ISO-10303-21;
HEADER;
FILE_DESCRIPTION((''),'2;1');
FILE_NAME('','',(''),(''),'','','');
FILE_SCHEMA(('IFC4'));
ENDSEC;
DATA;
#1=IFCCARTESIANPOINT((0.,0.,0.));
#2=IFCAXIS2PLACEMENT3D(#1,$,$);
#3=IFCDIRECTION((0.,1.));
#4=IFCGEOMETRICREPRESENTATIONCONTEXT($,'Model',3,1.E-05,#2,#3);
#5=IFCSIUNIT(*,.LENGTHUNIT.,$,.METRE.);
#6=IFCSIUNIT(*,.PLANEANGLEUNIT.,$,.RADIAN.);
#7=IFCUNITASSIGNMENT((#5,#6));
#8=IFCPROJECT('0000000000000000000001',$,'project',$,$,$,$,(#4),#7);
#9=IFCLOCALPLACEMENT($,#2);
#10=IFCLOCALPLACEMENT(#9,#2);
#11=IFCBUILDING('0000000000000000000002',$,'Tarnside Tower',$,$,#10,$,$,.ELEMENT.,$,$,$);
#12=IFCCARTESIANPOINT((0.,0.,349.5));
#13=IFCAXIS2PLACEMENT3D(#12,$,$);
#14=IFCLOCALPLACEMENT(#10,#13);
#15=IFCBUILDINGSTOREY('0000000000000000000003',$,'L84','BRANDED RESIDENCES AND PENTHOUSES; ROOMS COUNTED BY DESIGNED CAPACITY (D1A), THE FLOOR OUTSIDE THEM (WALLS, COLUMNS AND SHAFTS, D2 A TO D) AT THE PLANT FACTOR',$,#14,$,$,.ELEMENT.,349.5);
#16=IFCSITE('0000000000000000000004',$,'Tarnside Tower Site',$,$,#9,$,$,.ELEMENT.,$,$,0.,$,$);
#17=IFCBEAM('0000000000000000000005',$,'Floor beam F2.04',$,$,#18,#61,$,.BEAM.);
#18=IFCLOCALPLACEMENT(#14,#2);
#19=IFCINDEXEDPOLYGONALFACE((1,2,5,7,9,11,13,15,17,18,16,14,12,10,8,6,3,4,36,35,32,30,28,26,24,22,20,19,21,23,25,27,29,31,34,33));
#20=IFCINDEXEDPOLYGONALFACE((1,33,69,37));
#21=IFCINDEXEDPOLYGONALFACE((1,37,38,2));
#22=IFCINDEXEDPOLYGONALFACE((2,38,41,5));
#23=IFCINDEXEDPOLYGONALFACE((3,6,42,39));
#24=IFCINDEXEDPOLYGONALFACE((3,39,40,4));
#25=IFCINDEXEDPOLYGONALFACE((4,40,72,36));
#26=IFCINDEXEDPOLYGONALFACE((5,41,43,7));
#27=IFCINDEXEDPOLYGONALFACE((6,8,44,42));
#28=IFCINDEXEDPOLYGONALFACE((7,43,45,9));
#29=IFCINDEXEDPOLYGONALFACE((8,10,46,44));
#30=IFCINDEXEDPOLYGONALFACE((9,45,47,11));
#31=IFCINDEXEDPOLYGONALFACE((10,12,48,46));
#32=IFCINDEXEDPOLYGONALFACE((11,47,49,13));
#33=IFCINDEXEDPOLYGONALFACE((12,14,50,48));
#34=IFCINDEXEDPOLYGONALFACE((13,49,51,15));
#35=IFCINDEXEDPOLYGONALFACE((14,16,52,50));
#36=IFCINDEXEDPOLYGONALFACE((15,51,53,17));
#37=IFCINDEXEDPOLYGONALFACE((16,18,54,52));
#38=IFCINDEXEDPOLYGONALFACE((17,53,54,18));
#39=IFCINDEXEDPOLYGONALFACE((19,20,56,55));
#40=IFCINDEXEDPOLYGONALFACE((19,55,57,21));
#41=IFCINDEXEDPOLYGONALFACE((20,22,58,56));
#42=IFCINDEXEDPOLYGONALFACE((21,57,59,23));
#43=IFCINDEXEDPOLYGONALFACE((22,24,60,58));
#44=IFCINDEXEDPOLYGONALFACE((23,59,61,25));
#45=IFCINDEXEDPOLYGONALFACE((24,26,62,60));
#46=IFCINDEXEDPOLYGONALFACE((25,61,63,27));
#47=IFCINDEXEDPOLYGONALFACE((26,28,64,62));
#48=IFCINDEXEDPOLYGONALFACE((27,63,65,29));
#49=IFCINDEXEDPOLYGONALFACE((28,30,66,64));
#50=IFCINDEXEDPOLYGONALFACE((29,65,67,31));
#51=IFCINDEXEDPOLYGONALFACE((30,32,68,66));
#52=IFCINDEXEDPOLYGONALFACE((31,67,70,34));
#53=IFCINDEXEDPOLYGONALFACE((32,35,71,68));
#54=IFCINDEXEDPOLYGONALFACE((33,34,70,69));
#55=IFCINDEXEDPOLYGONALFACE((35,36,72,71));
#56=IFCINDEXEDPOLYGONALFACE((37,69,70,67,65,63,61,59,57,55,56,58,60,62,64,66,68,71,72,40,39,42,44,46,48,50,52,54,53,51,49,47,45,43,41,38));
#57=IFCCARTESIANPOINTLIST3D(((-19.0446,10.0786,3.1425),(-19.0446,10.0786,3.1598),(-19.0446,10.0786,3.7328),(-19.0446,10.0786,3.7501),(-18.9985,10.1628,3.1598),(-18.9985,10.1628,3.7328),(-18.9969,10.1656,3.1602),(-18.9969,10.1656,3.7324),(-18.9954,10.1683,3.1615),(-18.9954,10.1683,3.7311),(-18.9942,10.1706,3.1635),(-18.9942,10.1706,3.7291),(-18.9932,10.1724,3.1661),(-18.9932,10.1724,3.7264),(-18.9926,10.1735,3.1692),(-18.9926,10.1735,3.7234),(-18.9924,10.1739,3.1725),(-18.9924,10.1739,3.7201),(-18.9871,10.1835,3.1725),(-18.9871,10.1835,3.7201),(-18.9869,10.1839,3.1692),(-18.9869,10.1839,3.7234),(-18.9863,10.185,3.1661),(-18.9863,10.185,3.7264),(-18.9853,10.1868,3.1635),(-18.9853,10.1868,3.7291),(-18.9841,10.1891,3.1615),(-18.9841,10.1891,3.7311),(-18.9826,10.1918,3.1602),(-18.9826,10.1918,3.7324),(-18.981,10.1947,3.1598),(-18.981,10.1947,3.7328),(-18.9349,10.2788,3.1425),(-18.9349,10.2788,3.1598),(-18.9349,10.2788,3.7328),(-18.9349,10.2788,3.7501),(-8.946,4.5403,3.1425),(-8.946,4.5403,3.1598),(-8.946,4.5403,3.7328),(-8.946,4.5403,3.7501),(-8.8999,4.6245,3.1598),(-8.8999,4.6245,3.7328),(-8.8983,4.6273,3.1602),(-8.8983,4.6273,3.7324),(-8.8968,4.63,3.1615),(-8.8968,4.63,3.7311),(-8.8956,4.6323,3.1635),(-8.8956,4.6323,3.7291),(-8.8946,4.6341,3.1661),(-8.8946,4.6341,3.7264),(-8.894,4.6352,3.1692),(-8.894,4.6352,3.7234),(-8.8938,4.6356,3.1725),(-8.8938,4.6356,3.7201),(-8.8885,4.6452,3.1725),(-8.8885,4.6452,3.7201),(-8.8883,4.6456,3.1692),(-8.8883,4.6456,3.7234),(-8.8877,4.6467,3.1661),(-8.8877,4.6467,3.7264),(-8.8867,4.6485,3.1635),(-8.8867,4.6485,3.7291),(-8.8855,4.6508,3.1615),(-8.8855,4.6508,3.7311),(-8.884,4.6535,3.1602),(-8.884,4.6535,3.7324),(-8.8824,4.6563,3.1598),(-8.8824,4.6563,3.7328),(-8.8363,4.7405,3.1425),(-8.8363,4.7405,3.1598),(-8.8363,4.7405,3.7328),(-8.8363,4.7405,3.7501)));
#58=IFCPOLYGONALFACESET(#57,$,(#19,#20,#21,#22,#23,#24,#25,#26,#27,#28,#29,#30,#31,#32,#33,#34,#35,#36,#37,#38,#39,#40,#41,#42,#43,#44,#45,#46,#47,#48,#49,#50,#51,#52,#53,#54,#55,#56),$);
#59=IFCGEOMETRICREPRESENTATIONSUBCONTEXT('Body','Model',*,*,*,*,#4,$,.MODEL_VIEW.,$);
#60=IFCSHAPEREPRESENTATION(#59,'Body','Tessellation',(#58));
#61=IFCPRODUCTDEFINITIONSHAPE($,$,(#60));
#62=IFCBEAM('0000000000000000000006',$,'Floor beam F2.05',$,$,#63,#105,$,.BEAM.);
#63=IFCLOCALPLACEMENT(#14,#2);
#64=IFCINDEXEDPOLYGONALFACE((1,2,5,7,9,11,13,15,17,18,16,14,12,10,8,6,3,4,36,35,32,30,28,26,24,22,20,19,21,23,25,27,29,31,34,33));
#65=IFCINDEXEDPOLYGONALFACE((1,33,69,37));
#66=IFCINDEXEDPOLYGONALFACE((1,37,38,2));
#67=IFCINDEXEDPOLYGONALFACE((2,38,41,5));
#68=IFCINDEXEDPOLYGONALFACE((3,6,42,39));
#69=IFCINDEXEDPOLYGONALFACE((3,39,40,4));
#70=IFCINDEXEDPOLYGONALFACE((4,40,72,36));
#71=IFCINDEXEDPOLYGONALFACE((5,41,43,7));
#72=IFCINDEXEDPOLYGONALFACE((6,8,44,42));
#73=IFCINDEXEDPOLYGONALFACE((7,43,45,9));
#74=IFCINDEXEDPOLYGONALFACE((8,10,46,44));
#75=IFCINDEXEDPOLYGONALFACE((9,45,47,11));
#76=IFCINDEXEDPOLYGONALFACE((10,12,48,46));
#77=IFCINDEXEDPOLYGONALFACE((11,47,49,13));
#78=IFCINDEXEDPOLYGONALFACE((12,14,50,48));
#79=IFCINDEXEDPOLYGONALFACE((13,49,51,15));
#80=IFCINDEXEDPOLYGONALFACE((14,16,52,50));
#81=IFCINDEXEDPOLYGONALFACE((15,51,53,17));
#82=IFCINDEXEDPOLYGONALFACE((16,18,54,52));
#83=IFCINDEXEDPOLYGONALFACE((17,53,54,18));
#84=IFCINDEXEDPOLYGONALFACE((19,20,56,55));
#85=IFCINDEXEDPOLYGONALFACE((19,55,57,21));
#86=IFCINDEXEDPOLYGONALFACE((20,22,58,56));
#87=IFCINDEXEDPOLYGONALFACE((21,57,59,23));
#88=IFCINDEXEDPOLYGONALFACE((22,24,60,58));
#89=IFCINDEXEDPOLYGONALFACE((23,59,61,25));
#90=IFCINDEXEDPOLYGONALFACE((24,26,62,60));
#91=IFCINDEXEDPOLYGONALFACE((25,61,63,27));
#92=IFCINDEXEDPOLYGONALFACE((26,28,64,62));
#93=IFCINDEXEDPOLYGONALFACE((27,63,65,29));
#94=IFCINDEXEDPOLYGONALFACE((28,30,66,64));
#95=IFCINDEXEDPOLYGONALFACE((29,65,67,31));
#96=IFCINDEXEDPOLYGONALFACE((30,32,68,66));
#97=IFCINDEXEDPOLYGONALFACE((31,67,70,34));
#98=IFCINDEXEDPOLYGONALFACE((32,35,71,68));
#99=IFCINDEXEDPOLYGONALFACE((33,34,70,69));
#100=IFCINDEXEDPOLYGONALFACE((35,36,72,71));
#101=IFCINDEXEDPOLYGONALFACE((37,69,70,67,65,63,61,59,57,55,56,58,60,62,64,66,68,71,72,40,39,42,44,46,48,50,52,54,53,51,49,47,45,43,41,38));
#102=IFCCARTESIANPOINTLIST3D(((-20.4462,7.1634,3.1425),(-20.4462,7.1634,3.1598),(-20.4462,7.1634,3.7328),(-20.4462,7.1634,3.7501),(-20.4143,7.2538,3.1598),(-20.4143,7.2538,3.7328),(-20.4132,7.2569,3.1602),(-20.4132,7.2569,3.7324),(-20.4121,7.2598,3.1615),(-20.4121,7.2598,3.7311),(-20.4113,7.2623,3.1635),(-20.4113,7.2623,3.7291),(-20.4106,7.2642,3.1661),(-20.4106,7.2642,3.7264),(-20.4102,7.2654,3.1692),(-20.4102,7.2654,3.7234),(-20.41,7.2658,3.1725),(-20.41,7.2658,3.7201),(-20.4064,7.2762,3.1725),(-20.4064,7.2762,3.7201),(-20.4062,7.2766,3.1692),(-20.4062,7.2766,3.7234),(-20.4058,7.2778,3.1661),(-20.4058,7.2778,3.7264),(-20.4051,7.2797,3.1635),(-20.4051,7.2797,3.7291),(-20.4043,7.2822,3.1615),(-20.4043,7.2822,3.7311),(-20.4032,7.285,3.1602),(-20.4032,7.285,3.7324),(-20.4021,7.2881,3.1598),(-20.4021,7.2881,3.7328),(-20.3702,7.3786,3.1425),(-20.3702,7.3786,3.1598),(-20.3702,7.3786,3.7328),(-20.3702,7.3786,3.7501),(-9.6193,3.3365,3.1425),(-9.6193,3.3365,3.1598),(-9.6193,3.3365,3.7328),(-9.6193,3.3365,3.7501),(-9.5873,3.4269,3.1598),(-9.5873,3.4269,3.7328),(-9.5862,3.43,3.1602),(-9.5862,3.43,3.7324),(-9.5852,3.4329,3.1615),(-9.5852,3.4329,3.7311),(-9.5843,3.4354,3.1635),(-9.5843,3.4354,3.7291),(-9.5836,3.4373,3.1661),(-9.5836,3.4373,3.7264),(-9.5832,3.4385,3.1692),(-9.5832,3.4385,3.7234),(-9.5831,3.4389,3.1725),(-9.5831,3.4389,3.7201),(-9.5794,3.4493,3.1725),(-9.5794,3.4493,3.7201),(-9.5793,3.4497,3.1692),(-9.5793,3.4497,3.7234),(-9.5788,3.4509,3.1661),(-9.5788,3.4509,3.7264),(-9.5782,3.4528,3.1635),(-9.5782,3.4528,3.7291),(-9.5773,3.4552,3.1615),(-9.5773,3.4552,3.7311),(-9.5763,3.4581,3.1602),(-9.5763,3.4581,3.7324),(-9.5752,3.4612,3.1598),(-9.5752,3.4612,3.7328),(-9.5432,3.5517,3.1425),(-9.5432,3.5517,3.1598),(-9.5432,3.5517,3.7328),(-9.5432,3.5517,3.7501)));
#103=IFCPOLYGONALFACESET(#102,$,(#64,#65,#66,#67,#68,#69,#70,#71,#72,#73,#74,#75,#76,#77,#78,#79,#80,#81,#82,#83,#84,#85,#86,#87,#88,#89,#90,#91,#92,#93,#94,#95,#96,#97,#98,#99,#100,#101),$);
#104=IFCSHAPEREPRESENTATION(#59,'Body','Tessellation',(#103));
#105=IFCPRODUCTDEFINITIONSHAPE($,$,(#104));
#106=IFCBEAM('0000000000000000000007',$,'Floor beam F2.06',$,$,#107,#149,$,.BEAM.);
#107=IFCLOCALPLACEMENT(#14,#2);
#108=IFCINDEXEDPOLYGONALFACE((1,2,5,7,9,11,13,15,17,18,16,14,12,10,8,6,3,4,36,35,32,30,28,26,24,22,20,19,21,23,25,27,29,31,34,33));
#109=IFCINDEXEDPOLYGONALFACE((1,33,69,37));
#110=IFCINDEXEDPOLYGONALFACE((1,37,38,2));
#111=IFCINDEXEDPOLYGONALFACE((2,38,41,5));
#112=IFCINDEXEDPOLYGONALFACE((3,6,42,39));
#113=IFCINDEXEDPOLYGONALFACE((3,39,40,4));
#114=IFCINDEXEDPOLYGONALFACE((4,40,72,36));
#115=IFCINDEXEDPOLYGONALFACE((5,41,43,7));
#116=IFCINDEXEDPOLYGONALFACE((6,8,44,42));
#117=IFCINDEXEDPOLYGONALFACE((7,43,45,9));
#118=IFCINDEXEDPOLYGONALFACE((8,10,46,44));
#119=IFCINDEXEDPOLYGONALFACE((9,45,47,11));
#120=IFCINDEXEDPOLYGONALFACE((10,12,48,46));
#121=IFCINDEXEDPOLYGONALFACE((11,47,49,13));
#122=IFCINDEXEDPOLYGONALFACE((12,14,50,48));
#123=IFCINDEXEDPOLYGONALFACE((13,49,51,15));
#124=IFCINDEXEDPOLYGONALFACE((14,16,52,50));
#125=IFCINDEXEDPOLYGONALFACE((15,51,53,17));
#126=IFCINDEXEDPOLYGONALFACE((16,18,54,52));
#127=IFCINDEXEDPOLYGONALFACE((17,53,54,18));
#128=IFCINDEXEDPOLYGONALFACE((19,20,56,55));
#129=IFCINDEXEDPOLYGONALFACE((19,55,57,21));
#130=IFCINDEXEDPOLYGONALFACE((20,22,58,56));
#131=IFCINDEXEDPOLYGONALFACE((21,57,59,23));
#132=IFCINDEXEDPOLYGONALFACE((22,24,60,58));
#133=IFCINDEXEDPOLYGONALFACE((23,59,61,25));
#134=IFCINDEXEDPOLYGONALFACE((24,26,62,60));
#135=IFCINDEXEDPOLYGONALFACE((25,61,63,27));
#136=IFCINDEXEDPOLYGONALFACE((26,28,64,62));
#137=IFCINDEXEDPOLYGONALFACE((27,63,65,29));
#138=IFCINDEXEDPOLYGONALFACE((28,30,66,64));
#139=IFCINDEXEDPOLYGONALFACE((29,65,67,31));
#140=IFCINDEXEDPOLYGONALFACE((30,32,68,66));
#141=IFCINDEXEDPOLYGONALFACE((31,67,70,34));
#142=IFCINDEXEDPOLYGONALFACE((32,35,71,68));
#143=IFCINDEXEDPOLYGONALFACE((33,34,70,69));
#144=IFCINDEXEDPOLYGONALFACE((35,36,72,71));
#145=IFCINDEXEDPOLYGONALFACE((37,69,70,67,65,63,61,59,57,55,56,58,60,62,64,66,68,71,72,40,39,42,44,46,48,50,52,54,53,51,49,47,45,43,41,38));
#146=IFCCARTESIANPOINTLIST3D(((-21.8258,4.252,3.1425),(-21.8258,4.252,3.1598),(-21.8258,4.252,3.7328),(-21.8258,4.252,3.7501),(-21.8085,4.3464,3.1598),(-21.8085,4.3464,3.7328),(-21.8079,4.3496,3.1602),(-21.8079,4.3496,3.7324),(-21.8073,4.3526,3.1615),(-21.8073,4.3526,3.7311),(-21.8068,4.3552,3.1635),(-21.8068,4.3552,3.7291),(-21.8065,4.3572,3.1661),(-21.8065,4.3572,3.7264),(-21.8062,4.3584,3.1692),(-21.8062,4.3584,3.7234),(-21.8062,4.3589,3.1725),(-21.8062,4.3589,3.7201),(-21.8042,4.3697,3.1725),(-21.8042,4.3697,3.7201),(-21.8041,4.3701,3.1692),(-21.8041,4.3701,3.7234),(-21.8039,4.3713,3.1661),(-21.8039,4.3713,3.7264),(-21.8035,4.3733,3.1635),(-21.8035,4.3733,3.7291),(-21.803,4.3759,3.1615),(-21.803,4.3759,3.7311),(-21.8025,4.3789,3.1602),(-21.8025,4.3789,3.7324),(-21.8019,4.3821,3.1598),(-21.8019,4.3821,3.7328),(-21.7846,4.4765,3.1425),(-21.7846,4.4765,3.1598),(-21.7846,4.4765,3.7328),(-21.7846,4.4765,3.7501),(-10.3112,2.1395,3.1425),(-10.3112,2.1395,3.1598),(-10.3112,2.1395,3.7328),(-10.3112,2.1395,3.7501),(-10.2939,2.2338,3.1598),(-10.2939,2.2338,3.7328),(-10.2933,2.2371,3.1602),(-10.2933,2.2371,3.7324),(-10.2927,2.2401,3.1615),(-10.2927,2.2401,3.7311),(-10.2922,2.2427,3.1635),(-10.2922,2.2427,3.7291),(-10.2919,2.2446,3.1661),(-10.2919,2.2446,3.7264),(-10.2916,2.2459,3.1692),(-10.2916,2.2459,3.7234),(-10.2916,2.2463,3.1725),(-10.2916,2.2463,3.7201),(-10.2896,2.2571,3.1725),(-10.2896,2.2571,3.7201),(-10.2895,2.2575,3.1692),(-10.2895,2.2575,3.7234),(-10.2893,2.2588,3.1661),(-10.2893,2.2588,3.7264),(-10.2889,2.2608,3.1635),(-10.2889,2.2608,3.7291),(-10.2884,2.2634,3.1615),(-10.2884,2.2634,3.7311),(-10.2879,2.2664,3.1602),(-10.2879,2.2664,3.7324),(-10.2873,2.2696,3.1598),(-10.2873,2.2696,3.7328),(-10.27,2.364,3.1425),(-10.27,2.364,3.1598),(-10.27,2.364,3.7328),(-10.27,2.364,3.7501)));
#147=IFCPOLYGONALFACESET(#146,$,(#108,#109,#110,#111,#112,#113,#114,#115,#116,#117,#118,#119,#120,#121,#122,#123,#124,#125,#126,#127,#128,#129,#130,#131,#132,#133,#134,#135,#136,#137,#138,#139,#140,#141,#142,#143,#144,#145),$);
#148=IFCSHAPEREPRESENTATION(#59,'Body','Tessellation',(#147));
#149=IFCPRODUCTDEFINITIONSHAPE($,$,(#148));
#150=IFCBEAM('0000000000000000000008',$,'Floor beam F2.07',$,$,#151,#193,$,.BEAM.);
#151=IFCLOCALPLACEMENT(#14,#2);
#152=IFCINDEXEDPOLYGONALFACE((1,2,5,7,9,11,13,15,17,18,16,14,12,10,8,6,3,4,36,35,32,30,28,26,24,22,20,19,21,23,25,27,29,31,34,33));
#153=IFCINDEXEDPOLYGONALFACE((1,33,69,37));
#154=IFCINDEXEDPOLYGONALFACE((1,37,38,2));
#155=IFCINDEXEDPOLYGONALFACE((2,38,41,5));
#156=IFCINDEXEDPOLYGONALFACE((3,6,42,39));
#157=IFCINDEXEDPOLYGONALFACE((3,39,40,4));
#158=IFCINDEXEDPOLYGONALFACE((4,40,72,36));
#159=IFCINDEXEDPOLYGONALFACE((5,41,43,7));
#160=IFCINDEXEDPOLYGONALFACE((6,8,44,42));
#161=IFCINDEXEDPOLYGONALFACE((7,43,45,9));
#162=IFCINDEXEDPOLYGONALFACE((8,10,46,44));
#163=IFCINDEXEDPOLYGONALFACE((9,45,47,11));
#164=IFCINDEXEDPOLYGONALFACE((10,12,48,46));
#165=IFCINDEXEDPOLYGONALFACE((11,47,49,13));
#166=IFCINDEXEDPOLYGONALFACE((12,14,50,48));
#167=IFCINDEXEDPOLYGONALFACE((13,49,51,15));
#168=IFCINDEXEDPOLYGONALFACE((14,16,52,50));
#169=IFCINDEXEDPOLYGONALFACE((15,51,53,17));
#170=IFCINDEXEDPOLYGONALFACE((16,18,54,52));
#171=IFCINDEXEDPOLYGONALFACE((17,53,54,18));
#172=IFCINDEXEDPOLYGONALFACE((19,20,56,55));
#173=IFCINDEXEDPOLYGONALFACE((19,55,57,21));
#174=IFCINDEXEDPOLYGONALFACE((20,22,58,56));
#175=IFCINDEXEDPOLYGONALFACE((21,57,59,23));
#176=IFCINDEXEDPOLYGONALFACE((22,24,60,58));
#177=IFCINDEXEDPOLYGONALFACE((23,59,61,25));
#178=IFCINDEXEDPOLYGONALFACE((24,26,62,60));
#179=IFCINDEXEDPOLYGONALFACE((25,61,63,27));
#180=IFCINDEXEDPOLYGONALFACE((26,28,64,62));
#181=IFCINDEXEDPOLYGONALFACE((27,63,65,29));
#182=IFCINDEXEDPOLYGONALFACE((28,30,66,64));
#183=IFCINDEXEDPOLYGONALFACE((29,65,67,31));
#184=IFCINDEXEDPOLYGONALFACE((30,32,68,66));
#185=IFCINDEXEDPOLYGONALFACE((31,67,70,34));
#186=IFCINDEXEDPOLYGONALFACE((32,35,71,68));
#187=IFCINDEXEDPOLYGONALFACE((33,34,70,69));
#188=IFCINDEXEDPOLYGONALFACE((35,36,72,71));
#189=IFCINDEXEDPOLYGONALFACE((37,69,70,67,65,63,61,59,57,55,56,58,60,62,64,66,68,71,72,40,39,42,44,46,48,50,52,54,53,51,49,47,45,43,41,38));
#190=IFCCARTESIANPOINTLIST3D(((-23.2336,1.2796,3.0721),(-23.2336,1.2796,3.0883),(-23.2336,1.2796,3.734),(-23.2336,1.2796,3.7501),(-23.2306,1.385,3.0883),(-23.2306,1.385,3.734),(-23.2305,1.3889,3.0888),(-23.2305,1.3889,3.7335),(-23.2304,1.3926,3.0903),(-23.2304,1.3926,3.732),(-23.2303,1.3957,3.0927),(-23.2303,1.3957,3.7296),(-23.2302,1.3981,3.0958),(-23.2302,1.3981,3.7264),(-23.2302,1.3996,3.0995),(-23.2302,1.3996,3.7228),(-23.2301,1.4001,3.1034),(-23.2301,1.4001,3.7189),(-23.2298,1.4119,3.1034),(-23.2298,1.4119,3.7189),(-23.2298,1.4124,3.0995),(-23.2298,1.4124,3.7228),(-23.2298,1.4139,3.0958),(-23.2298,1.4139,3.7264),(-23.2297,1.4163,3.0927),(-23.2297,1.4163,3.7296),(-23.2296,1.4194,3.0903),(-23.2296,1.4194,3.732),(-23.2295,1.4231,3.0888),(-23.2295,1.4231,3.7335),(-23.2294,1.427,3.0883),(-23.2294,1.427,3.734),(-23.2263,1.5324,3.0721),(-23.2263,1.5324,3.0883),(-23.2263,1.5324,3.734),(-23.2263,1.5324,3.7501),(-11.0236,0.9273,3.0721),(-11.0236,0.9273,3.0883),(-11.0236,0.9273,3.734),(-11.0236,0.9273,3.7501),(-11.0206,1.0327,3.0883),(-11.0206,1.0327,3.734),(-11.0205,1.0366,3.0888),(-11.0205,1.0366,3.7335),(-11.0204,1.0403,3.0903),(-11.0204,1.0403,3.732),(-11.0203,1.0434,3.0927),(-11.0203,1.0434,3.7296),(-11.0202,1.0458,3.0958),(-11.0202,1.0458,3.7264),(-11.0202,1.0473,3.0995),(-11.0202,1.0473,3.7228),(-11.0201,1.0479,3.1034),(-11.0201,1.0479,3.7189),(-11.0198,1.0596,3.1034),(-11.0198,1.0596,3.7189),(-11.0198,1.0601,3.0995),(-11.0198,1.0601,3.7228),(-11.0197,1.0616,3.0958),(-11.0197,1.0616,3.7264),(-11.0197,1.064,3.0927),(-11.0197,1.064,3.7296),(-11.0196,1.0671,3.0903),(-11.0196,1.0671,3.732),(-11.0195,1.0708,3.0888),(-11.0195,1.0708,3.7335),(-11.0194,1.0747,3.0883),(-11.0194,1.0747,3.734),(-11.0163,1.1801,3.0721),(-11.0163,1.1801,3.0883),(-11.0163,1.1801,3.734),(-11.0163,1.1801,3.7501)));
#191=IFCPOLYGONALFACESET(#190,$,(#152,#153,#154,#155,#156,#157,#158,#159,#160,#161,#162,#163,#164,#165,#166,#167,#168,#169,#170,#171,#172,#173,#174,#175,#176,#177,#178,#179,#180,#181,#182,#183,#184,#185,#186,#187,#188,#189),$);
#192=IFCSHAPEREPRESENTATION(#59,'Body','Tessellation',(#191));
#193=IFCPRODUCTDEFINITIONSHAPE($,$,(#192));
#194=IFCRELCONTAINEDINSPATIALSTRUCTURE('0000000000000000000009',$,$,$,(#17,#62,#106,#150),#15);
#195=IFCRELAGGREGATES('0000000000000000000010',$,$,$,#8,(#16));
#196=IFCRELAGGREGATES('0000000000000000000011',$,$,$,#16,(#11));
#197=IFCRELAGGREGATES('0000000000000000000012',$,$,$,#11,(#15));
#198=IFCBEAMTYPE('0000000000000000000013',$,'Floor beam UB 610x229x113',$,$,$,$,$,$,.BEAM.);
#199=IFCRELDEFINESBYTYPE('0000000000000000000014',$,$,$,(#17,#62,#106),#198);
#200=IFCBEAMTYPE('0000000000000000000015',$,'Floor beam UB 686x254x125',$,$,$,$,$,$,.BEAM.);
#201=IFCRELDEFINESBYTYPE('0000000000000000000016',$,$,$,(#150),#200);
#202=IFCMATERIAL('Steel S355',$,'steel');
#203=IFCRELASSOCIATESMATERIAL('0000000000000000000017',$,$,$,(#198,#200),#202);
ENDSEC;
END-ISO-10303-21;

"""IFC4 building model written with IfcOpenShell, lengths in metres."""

from ifc_helpers import new_model, si_unit, direction, frame, origin, origin_2d, place, context, subcontext, project, spatial, i_section, extrude, material, material_profile, profile_set, type_object, element, save


model = new_model("IFC4")

# Units and contexts
model_context = context("Model", 3, precision=1e-05, world=origin(), true_north=direction((0.0, 1.0)))
body_context = subcontext(model_context, "Body", "Model", "MODEL_VIEW")
ifc_project = project(units=[si_unit("LENGTHUNIT", "METRE"), si_unit("PLANEANGLEUNIT", "RADIAN")], contexts=[model_context])

# Site, building, storey
site_placement = place(None, origin())
site = spatial("IfcSite", under=ifc_project, at=site_placement, Name="Tarnside Tower Site", CompositionType="ELEMENT", RefElevation=0.0)
building_placement = place(site_placement, origin())
building = spatial("IfcBuilding", under=site, at=building_placement, Name="Tarnside Tower", CompositionType="ELEMENT")
storey_placement = place(building_placement, frame((0.0, 0.0, 349.5)))
storey = spatial("IfcBuildingStorey", under=building, at=storey_placement, Name="L84", Description="BRANDED RESIDENCES AND PENTHOUSES; ROOMS COUNTED BY DESIGNED CAPACITY (D1A), THE FLOOR OUTSIDE THEM (WALLS, COLUMNS AND SHAFTS, D2 A TO D) AT THE PLANT FACTOR", CompositionType="ELEMENT", Elevation=349.5)

# Beams
ifc_material_1 = material(Name="Steel S355", Category="steel")
ifc_material_profile_1 = material_profile(ifc_material_1, i_section(OverallWidth=0.2283, OverallDepth=0.6077, WebThickness=0.011, FlangeThickness=0.0173, FilletRadius=0.0127, at=origin_2d()), Name="UB 610x229x113")
ifc_profile_set_1 = profile_set([ifc_material_profile_1], Name="Steel S355")
beam_type_1 = type_object("IfcBeamType", Name="Floor beam UB 610x229x113", PredefinedType="BEAM", material=ifc_profile_set_1)
beam_1_placement = place(storey_placement, frame((-18.9897, 10.1787, 3.4463), z_axis=(0.876799, -0.480857, 0.0), x_axis=(0.480857, 0.876799, 0.0)))
element("IfcBeam", 1, at=beam_1_placement, inside=storey, type_object=beam_type_1, Name="Floor beam F2.04", PredefinedType="BEAM", context=body_context, shape_type="SweptSolid", body=[
    extrude(i_section(OverallWidth=0.2283, OverallDepth=0.6077, WebThickness=0.011, FlangeThickness=0.0173, FilletRadius=0.0127, at=origin_2d()), origin(), (0.0, 0.0, 1.0), 11.5176),
])
beam_2_placement = place(storey_placement, frame((-20.4082, 7.271, 3.4463), z_axis=(0.942836, -0.333257, 0.0), x_axis=(0.333257, 0.942836, 0.0)))
element("IfcBeam", 2, at=beam_2_placement, inside=storey, type_object=beam_type_1, Name="Floor beam F2.05", PredefinedType="BEAM", context=body_context, shape_type="SweptSolid", body=[
    extrude(i_section(OverallWidth=0.2283, OverallDepth=0.6077, WebThickness=0.011, FlangeThickness=0.0173, FilletRadius=0.0127, at=origin_2d()), origin(), (0.0, 0.0, 1.0), 11.4834),
])
beam_3_placement = place(storey_placement, frame((-21.8052, 4.3643, 3.4463), z_axis=(0.983583, -0.180454, 0.0), x_axis=(0.180454, 0.983583, 0.0)))
element("IfcBeam", 3, at=beam_3_placement, inside=storey, type_object=beam_type_1, Name="Floor beam F2.06", PredefinedType="BEAM", context=body_context, shape_type="SweptSolid", body=[
    extrude(i_section(OverallWidth=0.2283, OverallDepth=0.6077, WebThickness=0.011, FlangeThickness=0.0173, FilletRadius=0.0127, at=origin_2d()), origin(), (0.0, 0.0, 1.0), 11.7068),
])
ifc_material_profile_2 = material_profile(ifc_material_1, i_section(OverallWidth=0.2529, OverallDepth=0.678, WebThickness=0.0117, FlangeThickness=0.0161, FilletRadius=0.0151, at=origin_2d()), Name="UB 686x254x125")
ifc_profile_set_2 = profile_set([ifc_material_profile_2], Name="Steel S355")
beam_type_2 = type_object("IfcBeamType", Name="Floor beam UB 686x254x125", PredefinedType="BEAM", material=ifc_profile_set_2)
beam_4_placement = place(storey_placement, frame((-23.23, 1.406, 3.4111), z_axis=(0.999584, -0.028841, 0.0), x_axis=(0.028841, 0.999584, 0.0)))
element("IfcBeam", 4, at=beam_4_placement, inside=storey, type_object=beam_type_2, Name="Floor beam F2.07", PredefinedType="BEAM", context=body_context, shape_type="SweptSolid", body=[
    extrude(i_section(OverallWidth=0.2529, OverallDepth=0.678, WebThickness=0.0117, FlangeThickness=0.0161, FilletRadius=0.0151, at=origin_2d()), origin(), (0.0, 0.0, 1.0), 12.2151),
])

save(model, "model.ifc")
